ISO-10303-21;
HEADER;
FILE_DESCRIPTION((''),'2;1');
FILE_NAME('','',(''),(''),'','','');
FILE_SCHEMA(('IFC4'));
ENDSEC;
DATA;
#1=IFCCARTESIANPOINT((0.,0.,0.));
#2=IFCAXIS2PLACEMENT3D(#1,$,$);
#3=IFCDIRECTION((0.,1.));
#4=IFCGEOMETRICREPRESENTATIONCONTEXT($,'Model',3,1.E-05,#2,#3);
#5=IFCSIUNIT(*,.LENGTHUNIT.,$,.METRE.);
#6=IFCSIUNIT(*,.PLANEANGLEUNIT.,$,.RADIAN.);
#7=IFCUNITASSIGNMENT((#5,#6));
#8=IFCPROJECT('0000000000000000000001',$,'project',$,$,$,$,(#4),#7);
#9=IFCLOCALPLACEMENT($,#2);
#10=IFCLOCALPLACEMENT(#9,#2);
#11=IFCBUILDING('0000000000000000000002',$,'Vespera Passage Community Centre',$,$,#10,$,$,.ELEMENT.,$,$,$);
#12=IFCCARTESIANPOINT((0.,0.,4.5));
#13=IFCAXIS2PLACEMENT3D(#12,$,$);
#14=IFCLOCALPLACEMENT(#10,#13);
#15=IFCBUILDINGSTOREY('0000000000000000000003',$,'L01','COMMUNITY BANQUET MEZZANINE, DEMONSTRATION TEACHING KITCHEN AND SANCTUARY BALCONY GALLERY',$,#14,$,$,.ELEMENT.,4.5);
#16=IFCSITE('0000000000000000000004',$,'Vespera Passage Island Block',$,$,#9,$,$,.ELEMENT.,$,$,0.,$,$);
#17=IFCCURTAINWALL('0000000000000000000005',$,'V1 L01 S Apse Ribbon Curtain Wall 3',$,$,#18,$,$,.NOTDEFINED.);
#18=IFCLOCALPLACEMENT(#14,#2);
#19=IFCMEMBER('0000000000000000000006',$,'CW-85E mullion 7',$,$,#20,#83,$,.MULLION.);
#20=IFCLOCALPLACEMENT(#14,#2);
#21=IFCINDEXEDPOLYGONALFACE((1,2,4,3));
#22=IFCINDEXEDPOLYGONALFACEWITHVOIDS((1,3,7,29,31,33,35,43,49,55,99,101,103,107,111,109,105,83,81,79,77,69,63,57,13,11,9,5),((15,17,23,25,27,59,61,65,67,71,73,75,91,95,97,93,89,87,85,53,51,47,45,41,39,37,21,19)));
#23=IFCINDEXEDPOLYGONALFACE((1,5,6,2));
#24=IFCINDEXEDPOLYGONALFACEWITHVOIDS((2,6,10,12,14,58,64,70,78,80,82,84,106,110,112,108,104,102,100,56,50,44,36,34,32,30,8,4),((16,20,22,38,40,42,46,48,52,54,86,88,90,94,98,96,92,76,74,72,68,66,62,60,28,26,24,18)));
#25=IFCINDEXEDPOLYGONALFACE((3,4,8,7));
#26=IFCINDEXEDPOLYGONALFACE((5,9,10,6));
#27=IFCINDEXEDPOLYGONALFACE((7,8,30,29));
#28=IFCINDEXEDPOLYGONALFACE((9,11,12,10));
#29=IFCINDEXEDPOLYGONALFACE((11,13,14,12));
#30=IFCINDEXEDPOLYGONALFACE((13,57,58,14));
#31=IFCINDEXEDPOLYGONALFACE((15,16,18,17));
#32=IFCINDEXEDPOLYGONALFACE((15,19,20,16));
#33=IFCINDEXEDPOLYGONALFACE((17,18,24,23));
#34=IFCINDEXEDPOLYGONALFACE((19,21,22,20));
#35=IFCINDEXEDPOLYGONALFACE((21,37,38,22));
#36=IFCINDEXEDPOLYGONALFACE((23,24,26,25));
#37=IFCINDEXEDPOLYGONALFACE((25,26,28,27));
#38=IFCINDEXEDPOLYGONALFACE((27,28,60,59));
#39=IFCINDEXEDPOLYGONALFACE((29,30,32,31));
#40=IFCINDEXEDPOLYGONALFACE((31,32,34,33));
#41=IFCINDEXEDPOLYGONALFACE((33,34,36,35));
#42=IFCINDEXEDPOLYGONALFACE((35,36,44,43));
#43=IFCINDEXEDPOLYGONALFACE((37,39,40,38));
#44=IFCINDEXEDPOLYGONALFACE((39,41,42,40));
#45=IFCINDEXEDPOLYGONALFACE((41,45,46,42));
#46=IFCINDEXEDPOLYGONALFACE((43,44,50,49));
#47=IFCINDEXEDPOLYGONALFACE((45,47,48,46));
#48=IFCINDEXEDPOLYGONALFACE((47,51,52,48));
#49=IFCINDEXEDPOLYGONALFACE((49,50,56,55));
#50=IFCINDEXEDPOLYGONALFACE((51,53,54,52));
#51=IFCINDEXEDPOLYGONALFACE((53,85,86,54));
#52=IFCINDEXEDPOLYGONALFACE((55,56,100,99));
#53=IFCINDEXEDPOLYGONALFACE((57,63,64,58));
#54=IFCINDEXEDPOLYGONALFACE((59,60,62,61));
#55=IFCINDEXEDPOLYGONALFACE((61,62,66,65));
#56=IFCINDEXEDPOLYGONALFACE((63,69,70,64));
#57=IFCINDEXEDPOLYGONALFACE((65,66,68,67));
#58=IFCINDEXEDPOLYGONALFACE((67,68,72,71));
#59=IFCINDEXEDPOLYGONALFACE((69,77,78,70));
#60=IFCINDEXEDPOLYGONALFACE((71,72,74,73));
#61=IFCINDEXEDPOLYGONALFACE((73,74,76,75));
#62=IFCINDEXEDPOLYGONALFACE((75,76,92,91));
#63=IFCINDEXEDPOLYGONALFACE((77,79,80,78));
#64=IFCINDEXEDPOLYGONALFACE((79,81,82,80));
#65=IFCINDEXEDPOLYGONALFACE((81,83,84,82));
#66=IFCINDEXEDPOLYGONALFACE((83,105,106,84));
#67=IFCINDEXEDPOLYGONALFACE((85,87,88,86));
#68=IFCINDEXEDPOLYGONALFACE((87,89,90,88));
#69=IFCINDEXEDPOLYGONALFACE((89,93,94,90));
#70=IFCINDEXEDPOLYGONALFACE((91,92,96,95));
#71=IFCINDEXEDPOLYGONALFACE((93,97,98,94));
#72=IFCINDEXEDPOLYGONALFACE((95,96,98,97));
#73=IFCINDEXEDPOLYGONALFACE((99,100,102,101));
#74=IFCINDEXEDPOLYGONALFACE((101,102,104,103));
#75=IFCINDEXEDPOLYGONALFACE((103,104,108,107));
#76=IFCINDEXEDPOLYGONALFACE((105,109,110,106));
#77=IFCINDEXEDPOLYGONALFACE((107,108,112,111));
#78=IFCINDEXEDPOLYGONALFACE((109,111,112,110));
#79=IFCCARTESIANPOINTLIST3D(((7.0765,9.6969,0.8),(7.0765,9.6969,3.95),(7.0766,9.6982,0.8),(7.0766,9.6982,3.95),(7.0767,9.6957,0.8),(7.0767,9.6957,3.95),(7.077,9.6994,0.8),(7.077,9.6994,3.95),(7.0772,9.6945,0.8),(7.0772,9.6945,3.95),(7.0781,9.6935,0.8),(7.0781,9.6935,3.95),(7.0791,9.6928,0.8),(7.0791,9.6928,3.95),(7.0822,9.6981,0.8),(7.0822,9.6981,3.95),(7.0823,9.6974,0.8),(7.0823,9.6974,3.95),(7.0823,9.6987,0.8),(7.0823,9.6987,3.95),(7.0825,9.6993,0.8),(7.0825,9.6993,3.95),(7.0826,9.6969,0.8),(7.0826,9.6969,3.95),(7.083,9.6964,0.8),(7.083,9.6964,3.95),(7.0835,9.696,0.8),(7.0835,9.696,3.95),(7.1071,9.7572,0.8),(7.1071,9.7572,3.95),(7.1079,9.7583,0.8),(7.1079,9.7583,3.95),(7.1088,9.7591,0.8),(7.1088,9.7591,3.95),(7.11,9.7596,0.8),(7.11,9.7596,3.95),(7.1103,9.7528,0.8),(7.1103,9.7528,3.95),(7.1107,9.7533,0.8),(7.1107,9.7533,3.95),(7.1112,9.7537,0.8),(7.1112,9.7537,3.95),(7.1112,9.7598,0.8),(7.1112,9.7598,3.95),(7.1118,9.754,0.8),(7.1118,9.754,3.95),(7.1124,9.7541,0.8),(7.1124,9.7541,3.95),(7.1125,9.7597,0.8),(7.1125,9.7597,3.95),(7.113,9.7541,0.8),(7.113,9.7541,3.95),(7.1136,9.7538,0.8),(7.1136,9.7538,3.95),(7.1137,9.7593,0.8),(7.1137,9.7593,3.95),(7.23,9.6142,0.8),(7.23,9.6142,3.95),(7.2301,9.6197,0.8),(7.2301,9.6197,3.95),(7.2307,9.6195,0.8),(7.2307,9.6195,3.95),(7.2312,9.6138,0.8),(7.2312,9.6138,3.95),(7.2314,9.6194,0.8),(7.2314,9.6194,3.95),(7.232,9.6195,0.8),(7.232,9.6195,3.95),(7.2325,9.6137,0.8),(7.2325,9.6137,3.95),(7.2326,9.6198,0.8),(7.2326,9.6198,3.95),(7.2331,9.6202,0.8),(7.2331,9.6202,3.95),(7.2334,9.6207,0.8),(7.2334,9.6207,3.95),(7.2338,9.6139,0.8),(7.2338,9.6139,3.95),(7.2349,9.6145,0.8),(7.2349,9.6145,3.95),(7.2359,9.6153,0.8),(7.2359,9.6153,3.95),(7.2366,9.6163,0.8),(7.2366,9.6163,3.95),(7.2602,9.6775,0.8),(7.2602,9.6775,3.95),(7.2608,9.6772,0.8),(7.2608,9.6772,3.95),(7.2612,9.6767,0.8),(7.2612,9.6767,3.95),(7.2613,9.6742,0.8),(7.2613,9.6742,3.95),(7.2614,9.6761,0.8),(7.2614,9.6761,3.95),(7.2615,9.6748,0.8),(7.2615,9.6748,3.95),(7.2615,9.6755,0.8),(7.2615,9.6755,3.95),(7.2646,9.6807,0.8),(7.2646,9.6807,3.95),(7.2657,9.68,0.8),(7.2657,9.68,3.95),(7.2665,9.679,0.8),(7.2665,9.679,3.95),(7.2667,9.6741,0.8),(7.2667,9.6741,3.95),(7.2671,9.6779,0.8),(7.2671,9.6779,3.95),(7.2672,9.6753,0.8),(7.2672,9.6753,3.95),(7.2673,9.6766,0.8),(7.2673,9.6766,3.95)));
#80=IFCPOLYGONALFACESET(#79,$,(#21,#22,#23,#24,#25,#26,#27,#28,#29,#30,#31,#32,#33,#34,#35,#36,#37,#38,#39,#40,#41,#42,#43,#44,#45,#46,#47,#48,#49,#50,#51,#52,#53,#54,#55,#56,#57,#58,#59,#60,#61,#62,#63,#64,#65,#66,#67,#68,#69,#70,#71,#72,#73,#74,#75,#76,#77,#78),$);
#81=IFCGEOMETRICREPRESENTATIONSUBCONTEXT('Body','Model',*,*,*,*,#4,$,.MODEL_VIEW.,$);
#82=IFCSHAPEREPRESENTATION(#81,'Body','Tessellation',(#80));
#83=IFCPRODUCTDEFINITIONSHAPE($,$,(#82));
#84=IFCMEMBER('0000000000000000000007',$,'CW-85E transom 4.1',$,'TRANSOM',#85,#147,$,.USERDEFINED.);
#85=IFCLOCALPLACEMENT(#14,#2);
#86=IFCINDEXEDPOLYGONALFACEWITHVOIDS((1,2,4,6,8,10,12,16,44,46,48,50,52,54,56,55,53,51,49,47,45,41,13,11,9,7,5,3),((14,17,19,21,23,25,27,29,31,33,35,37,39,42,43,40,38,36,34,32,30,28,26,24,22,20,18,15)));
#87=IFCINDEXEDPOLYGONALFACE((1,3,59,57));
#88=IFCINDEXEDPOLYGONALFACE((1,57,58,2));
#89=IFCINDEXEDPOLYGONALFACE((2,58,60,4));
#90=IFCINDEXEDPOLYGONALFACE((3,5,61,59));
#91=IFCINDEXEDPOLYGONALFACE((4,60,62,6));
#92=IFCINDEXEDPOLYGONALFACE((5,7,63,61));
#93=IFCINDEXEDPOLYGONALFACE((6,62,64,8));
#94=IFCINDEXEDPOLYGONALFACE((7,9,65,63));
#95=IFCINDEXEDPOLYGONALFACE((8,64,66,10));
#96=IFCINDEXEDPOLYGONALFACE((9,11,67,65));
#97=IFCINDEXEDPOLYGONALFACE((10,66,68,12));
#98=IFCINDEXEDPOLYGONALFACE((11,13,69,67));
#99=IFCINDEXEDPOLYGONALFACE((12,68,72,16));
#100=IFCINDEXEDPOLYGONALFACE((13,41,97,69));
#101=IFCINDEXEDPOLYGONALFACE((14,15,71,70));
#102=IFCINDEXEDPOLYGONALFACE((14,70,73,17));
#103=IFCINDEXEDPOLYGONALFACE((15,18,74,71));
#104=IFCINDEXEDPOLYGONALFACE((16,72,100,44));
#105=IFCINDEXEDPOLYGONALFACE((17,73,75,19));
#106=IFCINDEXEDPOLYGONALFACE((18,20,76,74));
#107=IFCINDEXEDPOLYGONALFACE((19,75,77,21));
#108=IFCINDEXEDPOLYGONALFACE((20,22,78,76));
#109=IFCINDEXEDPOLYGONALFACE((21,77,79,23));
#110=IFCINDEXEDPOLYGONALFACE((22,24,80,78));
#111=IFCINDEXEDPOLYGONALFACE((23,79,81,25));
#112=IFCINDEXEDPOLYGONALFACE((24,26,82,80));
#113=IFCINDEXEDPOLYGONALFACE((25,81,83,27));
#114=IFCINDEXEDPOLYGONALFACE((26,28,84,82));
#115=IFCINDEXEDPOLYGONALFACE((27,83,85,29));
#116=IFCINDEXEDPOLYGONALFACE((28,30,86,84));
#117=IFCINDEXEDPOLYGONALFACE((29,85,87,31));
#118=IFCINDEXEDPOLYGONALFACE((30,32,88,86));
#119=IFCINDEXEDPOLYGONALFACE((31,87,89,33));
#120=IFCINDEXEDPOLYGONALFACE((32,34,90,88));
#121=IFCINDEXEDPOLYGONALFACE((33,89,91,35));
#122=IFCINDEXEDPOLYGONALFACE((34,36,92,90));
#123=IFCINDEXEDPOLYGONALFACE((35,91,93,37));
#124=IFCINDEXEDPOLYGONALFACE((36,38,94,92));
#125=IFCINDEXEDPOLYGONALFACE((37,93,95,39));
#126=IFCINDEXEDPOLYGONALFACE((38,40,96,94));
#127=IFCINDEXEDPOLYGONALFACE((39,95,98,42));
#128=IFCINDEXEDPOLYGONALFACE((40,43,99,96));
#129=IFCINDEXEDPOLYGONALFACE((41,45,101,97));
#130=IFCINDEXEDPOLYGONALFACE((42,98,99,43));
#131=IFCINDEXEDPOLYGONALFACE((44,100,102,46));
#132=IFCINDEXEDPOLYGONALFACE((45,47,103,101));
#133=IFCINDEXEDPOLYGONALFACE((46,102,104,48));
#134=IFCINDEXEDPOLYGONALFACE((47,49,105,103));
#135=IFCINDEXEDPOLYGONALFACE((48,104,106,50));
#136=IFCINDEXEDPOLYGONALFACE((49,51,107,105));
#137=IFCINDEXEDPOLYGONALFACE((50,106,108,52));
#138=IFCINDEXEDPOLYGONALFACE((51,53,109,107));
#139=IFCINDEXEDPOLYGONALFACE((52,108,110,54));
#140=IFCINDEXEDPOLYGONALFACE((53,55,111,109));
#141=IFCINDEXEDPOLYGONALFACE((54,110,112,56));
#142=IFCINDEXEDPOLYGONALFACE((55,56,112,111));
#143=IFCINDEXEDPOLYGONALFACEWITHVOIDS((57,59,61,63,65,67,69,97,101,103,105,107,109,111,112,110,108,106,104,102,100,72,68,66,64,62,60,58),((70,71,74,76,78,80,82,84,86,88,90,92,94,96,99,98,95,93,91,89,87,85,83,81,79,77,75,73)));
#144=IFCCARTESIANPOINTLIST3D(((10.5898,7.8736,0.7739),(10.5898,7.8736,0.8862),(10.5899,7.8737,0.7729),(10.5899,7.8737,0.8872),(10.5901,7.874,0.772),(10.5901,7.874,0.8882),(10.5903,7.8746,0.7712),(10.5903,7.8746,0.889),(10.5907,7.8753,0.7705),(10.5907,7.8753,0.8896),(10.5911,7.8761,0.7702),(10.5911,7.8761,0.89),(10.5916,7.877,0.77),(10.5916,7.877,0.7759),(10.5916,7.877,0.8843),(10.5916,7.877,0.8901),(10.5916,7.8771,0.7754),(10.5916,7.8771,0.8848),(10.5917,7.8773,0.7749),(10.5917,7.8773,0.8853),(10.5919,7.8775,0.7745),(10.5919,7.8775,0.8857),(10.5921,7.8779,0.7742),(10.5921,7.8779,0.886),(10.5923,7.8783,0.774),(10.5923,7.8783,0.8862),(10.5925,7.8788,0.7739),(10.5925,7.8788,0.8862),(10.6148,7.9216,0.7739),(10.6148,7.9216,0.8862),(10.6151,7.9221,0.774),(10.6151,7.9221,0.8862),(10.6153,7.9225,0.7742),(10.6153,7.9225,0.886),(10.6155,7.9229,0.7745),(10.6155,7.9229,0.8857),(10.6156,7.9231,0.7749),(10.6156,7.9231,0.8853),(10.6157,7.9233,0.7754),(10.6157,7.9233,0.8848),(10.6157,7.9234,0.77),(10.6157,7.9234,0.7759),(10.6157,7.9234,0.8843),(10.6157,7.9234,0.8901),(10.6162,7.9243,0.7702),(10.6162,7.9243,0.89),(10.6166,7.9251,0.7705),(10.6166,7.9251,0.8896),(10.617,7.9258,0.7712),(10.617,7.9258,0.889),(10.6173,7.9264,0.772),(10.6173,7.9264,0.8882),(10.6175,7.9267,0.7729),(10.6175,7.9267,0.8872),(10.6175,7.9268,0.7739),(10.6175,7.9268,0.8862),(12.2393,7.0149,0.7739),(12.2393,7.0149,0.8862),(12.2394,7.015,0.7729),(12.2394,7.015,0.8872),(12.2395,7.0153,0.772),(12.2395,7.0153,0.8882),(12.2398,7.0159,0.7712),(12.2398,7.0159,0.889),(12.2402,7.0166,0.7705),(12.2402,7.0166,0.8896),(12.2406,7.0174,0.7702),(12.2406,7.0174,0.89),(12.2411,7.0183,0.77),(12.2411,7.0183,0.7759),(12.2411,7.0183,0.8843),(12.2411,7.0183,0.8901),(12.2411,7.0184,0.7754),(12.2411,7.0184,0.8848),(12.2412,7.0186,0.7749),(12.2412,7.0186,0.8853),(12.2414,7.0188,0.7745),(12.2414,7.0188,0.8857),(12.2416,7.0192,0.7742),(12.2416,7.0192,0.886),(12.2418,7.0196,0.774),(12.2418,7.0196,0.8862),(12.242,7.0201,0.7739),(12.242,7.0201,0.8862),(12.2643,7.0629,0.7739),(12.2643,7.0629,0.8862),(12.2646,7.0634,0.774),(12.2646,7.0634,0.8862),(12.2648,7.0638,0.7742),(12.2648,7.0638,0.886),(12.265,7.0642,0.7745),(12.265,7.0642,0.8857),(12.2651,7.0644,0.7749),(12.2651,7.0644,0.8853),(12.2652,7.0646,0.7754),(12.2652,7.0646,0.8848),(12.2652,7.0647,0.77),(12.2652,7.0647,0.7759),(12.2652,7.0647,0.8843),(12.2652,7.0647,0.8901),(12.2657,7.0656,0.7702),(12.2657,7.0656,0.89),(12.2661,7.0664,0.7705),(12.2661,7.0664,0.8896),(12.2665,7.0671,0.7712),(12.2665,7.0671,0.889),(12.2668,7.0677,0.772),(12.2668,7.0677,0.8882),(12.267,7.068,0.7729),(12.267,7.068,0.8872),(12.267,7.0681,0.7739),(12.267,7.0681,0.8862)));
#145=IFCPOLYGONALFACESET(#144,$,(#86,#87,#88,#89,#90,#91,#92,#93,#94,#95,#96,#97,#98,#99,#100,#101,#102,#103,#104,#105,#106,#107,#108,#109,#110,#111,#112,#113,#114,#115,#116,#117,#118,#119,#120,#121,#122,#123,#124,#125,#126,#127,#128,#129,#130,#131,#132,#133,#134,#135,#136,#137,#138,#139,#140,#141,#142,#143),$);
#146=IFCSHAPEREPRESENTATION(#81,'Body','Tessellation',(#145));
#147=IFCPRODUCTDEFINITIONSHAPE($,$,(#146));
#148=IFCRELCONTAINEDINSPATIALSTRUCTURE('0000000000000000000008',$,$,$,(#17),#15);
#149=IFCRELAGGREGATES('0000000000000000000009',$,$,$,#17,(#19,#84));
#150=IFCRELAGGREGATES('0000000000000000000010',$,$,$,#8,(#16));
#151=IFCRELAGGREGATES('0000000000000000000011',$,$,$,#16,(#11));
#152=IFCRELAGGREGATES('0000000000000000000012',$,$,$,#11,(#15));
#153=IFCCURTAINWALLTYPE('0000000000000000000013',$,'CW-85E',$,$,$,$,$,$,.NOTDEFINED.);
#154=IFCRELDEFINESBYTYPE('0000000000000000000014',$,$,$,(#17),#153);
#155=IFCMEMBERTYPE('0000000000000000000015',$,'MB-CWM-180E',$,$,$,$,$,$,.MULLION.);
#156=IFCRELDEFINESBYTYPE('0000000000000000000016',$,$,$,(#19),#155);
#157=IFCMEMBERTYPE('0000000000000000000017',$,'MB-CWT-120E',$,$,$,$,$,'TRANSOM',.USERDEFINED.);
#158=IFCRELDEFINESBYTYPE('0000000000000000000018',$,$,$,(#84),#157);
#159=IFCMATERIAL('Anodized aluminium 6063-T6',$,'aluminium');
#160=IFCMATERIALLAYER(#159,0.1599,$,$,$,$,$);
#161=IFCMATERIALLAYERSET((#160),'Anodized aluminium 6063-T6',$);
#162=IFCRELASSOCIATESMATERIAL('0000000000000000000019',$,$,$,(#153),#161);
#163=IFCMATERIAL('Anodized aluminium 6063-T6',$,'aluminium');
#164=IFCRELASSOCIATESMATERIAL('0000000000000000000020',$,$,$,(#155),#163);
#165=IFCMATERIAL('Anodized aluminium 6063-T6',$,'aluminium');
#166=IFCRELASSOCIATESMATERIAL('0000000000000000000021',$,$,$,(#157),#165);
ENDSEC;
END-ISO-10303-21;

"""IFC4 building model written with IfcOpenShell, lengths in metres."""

from ifc_helpers import new_model, si_unit, direction, frame, origin, origin_2d, place, context, subcontext, project, spatial, hollow_rectangle, extrude, material, layer, layer_set, material_profile, profile_set, type_object, element, aggregate, save


model = new_model("IFC4")

# Units and contexts
model_context = context("Model", 3, precision=1e-05, world=origin(), true_north=direction((0.0, 1.0)))
body_context = subcontext(model_context, "Body", "Model", "MODEL_VIEW")
ifc_project = project(units=[si_unit("LENGTHUNIT", "METRE"), si_unit("PLANEANGLEUNIT", "RADIAN")], contexts=[model_context])

# Site, building, storey
site_placement = place(None, origin())
site = spatial("IfcSite", under=ifc_project, at=site_placement, Name="Vespera Passage Island Block", CompositionType="ELEMENT", RefElevation=0.0)
building_placement = place(site_placement, origin())
building = spatial("IfcBuilding", under=site, at=building_placement, Name="Vespera Passage Community Centre", CompositionType="ELEMENT")
storey_placement = place(building_placement, frame((0.0, 0.0, 4.5)))
storey = spatial("IfcBuildingStorey", under=building, at=storey_placement, Name="L01", Description="COMMUNITY BANQUET MEZZANINE, DEMONSTRATION TEACHING KITCHEN AND SANCTUARY BALCONY GALLERY", CompositionType="ELEMENT", Elevation=4.5)

# Curtain wall, members
ifc_material_1 = material(Name="Anodized aluminium 6063-T6", Category="aluminium")
ifc_layer_1 = layer(ifc_material_1, 0.1599)
ifc_layer_set_1 = layer_set([ifc_layer_1], Name="Anodized aluminium 6063-T6")
curtain_wall_type = type_object("IfcCurtainWallType", Name="CW-85E", PredefinedType="NOTDEFINED", material=ifc_layer_set_1)
curtain_wall_placement = place(storey_placement, origin())
curtain_wall = element("IfcCurtainWall", 1, at=curtain_wall_placement, inside=storey, type_object=curtain_wall_type, Name="V1 L01 S Apse Ribbon Curtain Wall 3", PredefinedType="NOTDEFINED")
ifc_material_2 = material(Name="Anodized aluminium 6063-T6", Category="aluminium")
ifc_material_profile_1 = material_profile(ifc_material_2, hollow_rectangle(XDim=0.075, YDim=0.1799, WallThickness=0.0049, InnerFilletRadius=0.0024, OuterFilletRadius=0.0049, at=origin_2d()), Name="ALU180X75X5")
ifc_profile_set_1 = profile_set([ifc_material_profile_1], Name="Anodized aluminium 6063-T6")
member_type_1 = type_object("IfcMemberType", Name="MB-CWM-180E", PredefinedType="MULLION", material=ifc_profile_set_1)
member_1_placement = place(storey_placement, frame((7.1719, 9.6868, 0.8), z_axis=(0.0, 0.0, 1.0), x_axis=(-0.461745, -0.887013, 0.0)))
member_1 = element("IfcMember", 2, at=member_1_placement, type_object=member_type_1, Name="CW-85E mullion 7", PredefinedType="MULLION", context=body_context, shape_type="SweptSolid", body=[
    extrude(hollow_rectangle(XDim=0.075, YDim=0.1799, WallThickness=0.0049, InnerFilletRadius=0.0024, OuterFilletRadius=0.0049, at=origin_2d()), origin(), (0.0, 0.0, 1.0), 3.1499),
])
ifc_material_3 = material(Name="Anodized aluminium 6063-T6", Category="aluminium")
ifc_material_profile_2 = material_profile(ifc_material_3, hollow_rectangle(XDim=0.0601, YDim=0.1201, WallThickness=0.0039, InnerFilletRadius=0.002, OuterFilletRadius=0.0039, at=origin_2d()), Name="ALU120X60X4")
ifc_profile_set_2 = profile_set([ifc_material_profile_2], Name="Anodized aluminium 6063-T6")
member_type_2 = type_object("IfcMemberType", Name="MB-CWT-120E", ElementType="TRANSOM", PredefinedType="USERDEFINED", material=ifc_profile_set_2)
member_2_placement = place(storey_placement, frame((12.2532, 7.0415, 0.8301), z_axis=(-0.887008, 0.461754, 0.0), x_axis=(-0.461754, -0.887008, 0.0)))
member_2 = element("IfcMember", 3, at=member_2_placement, type_object=member_type_2, Name="CW-85E transom 4.1", ObjectType="TRANSOM", PredefinedType="USERDEFINED", context=body_context, shape_type="SweptSolid", body=[
    extrude(hollow_rectangle(XDim=0.0601, YDim=0.1201, WallThickness=0.0039, InnerFilletRadius=0.002, OuterFilletRadius=0.0039, at=origin_2d()), origin(), (0.0, 0.0, 1.0), 1.8596),
])
aggregate(curtain_wall, [member_1, member_2])

save(model, "model.ifc")
